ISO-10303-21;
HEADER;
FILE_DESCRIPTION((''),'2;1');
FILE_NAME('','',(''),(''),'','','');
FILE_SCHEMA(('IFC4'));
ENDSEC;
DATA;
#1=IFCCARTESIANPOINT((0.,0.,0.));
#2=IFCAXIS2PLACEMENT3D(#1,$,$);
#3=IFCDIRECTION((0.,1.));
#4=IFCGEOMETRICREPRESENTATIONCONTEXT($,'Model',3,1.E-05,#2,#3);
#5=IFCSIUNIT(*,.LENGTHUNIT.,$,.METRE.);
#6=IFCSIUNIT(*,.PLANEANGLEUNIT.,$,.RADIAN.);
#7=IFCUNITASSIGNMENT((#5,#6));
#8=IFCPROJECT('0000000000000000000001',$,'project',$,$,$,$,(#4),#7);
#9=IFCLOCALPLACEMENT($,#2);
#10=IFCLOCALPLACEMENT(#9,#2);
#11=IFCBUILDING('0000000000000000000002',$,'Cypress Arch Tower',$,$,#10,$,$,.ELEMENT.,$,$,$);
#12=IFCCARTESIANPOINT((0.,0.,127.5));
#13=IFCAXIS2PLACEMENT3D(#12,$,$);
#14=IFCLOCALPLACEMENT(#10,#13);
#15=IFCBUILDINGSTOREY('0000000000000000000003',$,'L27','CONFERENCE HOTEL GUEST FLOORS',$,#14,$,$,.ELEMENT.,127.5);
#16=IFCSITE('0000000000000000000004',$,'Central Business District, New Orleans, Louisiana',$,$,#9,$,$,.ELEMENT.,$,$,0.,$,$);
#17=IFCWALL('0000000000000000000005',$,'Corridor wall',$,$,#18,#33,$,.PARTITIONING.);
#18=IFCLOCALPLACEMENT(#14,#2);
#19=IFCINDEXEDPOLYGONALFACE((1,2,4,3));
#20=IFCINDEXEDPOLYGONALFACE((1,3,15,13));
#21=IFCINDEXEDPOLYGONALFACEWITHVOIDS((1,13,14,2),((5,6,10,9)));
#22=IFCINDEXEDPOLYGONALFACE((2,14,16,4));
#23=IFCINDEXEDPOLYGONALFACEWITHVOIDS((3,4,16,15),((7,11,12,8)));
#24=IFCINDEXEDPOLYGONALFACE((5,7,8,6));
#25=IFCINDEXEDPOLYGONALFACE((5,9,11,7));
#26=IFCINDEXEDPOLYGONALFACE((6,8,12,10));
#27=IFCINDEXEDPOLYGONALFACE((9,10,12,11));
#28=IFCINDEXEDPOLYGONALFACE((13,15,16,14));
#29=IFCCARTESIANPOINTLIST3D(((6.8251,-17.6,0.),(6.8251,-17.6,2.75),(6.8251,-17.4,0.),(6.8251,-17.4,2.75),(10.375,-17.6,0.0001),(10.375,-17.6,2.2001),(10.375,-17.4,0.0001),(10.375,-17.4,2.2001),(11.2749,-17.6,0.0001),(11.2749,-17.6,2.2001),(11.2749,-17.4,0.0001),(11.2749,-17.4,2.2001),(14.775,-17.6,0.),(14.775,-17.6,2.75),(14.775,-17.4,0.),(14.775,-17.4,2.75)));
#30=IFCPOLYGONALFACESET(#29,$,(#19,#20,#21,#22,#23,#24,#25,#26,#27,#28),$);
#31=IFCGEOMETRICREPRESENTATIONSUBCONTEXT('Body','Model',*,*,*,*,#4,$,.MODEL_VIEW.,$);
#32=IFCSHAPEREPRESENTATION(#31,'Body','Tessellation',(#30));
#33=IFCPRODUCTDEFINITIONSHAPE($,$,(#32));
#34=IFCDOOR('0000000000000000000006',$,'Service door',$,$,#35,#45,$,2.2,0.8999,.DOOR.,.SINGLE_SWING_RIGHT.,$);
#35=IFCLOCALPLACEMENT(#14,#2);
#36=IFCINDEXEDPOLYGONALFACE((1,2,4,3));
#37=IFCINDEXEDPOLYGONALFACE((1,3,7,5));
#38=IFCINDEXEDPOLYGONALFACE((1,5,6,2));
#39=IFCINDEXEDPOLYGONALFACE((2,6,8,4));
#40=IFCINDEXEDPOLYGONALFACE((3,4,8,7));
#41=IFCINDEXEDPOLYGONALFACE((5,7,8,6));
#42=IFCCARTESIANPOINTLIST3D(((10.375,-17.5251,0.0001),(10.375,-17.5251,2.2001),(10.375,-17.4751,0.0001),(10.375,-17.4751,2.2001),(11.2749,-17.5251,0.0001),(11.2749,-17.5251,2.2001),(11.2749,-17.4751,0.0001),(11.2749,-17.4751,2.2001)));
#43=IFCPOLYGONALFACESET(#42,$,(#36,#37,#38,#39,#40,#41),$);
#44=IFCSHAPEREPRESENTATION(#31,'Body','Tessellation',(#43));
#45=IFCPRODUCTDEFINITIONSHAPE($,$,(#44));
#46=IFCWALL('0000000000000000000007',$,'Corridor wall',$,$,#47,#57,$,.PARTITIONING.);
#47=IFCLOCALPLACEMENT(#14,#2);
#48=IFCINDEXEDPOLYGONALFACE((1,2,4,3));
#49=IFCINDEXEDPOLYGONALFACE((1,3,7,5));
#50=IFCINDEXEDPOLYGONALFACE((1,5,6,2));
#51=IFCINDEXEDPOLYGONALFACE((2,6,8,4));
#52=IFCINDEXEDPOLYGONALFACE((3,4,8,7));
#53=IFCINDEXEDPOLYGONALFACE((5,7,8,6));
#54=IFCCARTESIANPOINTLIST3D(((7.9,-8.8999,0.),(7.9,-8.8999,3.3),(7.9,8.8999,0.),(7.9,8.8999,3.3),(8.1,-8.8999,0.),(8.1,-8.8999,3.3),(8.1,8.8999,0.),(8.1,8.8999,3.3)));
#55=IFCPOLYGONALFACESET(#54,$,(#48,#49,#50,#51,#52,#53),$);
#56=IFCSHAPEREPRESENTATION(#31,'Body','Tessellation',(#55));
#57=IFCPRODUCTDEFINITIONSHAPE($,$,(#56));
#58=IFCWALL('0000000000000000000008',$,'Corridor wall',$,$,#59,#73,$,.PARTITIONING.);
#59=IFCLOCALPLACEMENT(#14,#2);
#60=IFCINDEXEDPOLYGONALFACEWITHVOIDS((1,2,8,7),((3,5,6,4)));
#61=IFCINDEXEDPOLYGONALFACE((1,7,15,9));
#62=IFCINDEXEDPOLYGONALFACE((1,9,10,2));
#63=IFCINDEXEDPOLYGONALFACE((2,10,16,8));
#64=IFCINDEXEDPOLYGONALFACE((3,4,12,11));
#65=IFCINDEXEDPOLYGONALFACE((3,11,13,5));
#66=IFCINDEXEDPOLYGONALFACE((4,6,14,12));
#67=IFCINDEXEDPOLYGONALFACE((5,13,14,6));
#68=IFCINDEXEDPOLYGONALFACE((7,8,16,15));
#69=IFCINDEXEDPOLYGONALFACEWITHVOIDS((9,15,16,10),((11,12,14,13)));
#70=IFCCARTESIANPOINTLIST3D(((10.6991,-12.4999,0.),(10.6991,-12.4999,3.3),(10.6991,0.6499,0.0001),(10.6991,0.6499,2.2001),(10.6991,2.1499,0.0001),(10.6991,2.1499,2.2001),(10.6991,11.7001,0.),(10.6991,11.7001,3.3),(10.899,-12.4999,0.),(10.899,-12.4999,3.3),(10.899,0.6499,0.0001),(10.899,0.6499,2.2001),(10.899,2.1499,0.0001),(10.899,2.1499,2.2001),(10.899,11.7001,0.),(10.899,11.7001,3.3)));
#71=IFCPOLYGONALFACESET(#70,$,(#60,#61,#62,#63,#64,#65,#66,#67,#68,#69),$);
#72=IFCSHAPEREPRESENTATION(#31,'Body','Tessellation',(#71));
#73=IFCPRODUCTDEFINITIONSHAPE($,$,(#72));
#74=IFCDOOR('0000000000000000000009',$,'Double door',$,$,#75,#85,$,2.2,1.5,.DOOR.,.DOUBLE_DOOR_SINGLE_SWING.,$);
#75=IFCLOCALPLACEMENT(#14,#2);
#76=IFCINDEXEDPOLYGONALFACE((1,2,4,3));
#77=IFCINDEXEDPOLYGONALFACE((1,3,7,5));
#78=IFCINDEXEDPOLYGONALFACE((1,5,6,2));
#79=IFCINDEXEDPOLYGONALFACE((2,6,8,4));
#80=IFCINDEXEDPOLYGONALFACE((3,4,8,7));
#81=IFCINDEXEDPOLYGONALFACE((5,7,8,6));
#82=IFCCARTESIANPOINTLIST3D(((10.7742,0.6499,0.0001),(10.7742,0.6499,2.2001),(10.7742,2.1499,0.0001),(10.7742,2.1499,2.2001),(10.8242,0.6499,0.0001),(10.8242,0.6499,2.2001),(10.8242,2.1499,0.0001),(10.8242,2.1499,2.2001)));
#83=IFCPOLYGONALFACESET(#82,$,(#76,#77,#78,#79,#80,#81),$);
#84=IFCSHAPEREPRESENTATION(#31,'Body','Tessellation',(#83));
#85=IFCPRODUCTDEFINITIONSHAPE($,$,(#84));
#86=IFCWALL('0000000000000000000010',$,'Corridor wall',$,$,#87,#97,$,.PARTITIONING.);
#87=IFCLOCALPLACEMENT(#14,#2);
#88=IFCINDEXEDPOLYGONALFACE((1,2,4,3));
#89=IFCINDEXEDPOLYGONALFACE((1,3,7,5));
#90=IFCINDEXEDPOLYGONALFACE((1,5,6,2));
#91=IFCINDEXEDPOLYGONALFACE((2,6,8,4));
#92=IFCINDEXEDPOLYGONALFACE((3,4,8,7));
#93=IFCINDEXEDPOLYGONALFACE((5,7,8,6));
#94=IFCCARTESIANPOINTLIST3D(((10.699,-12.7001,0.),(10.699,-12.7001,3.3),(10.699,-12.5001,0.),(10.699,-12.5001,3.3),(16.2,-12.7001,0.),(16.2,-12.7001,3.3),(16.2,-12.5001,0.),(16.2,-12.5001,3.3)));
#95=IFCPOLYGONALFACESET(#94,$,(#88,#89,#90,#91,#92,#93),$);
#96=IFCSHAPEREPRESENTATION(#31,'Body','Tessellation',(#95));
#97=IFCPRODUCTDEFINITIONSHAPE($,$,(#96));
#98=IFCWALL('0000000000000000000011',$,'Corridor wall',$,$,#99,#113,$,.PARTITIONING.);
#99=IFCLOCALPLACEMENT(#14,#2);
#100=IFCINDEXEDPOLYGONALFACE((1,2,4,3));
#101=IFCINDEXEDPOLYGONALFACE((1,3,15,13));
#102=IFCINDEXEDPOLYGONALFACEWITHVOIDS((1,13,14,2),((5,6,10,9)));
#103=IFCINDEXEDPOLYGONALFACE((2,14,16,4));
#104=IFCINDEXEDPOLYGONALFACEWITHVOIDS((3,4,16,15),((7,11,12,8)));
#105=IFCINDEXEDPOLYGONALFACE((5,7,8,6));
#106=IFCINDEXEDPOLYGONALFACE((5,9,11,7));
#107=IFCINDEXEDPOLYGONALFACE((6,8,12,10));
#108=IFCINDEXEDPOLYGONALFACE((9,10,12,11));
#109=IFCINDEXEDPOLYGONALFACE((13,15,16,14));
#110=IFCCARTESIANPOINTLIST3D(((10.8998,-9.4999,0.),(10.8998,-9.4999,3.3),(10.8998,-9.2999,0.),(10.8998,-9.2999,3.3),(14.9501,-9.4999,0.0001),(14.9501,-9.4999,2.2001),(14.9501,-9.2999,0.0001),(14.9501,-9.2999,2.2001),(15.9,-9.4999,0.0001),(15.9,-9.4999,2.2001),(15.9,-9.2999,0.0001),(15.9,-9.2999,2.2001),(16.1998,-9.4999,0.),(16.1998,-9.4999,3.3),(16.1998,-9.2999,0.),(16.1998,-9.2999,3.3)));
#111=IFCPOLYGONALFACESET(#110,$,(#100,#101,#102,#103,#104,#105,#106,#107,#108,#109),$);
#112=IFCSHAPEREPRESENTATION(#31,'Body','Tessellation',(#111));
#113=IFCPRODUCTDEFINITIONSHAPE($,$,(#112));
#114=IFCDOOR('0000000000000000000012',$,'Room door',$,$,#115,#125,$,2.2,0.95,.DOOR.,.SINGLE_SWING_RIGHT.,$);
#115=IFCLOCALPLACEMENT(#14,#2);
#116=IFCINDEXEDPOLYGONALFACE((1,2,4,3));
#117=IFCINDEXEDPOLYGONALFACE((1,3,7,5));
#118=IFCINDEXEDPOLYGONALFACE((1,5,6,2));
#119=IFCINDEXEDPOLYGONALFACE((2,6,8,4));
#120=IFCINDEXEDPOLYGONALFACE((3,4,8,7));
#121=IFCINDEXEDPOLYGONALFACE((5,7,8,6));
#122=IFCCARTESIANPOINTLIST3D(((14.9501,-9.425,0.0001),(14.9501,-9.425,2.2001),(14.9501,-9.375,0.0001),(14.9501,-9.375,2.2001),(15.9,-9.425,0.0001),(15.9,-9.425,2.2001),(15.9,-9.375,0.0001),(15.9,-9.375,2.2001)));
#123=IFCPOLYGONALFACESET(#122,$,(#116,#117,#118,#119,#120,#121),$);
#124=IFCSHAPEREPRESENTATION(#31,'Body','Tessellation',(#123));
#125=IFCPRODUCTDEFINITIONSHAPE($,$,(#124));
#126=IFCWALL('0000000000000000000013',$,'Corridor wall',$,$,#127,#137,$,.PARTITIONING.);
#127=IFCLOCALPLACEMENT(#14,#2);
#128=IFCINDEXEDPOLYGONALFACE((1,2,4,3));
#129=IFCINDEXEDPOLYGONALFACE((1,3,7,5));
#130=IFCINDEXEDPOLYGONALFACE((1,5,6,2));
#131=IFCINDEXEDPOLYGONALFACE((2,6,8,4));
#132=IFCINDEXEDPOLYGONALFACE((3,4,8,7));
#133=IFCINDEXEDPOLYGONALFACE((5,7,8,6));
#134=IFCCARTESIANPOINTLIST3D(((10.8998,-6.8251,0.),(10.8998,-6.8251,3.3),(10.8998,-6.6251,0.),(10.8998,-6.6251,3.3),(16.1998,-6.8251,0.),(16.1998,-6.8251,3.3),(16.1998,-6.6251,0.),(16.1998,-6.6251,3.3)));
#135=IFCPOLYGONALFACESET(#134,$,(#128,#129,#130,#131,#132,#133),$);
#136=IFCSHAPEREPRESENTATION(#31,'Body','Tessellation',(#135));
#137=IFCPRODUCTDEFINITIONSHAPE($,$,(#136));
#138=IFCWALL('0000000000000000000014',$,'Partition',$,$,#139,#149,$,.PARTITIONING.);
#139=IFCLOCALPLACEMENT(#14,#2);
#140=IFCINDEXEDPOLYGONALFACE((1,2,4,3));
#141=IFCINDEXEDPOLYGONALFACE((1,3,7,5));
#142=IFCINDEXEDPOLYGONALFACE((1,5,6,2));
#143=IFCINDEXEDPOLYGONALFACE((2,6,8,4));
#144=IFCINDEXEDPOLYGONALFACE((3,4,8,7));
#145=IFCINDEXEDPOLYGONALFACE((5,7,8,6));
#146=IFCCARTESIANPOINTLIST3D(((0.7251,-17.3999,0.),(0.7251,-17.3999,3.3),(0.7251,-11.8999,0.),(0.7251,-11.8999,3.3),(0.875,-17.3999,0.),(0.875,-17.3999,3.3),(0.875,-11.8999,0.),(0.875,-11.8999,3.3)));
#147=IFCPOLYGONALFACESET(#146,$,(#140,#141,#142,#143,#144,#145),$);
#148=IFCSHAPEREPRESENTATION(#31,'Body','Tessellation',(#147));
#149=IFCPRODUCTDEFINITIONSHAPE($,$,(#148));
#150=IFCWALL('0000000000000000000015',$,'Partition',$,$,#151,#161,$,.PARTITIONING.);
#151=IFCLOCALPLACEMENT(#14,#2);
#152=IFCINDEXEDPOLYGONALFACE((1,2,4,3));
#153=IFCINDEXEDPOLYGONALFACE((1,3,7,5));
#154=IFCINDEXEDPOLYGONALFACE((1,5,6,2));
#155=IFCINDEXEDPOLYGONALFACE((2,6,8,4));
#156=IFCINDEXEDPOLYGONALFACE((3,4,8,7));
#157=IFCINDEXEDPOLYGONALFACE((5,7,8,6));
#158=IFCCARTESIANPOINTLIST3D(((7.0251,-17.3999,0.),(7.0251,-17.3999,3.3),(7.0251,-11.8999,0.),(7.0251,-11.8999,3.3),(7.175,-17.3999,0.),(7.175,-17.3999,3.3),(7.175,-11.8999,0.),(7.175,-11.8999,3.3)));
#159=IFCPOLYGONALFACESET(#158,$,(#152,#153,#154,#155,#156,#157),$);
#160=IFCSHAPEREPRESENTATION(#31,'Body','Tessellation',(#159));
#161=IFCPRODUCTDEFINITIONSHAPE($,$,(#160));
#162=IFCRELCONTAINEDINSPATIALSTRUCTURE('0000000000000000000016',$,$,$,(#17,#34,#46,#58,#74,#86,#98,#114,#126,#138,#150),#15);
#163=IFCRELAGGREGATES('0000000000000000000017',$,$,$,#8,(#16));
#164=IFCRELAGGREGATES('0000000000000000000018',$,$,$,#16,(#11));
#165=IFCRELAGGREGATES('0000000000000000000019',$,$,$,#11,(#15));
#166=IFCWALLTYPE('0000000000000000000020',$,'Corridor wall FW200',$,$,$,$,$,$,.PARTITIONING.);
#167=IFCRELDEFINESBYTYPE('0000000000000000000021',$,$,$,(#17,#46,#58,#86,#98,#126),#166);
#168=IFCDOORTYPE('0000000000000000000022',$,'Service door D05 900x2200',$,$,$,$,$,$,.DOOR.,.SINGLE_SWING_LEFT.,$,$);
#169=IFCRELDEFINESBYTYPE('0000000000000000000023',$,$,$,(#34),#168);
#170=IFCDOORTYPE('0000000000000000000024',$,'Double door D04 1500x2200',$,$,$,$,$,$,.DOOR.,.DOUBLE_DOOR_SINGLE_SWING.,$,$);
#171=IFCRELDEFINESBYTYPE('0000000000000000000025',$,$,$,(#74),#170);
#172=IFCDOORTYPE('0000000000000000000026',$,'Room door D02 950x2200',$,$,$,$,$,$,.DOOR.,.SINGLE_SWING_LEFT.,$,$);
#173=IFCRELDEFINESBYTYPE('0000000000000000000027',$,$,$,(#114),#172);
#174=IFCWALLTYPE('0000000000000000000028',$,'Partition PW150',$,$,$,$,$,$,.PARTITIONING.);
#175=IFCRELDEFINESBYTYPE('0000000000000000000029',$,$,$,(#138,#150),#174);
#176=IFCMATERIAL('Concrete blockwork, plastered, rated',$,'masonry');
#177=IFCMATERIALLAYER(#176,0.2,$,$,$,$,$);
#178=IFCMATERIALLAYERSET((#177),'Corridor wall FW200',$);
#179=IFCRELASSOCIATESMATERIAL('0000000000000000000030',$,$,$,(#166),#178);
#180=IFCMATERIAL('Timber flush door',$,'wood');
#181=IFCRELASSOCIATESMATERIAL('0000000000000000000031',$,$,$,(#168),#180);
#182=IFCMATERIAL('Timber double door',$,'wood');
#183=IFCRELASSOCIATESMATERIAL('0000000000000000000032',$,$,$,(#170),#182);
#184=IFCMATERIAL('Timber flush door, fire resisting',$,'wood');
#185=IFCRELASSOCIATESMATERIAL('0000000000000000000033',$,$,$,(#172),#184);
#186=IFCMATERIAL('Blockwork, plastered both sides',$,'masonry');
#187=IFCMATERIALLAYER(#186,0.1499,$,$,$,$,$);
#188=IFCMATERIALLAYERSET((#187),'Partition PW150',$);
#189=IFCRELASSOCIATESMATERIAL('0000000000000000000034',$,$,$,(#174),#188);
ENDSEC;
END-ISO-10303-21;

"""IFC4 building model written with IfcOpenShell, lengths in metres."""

from ifc_helpers import new_model, si_unit, direction, frame, frame_2d, origin, place, context, subcontext, project, spatial, rectangle, extrude, material, layer, layer_set, type_object, element, fill, save


model = new_model("IFC4")

# Units and contexts
model_context = context("Model", 3, precision=1e-05, world=origin(), true_north=direction((0.0, 1.0)))
body_context = subcontext(model_context, "Body", "Model", "MODEL_VIEW")
ifc_project = project(units=[si_unit("LENGTHUNIT", "METRE"), si_unit("PLANEANGLEUNIT", "RADIAN")], contexts=[model_context])

# Site, building, storey
site_placement = place(None, origin())
site = spatial("IfcSite", under=ifc_project, at=site_placement, Name="Central Business District, New Orleans, Louisiana", CompositionType="ELEMENT", RefElevation=0.0)
building_placement = place(site_placement, origin())
building = spatial("IfcBuilding", under=site, at=building_placement, Name="Cypress Arch Tower", CompositionType="ELEMENT")
storey_placement = place(building_placement, frame((0.0, 0.0, 127.5)))
storey = spatial("IfcBuildingStorey", under=building, at=storey_placement, Name="L27", Description="CONFERENCE HOTEL GUEST FLOORS", CompositionType="ELEMENT", Elevation=127.5)

# Wall, opening, door
ifc_material_1 = material(Name="Concrete blockwork, plastered, rated", Category="masonry")
ifc_layer_1 = layer(ifc_material_1, 0.2)
ifc_layer_set_1 = layer_set([ifc_layer_1], Name="Corridor wall FW200")
wall_type_1 = type_object("IfcWallType", Name="Corridor wall FW200", PredefinedType="PARTITIONING", material=ifc_layer_set_1)
ifc_material_2 = material(Name="Timber flush door", Category="wood")
door_type_1 = type_object("IfcDoorType", Name="Service door D05 900x2200", OperationType="SINGLE_SWING_LEFT", PredefinedType="DOOR", material=ifc_material_2)
wall_1_placement = place(storey_placement, frame((6.825, -17.5, 0.0), z_axis=(0.0, 0.0, 1.0), x_axis=(1.0, 0.0, 0.0)))
wall_1 = element("IfcWall", 1, at=wall_1_placement, inside=storey, type_object=wall_type_1, Name="Corridor wall", PredefinedType="PARTITIONING", context=body_context, shape_type="SweptSolid", body=[
    extrude(rectangle(XDim=7.95, YDim=0.2, at=frame_2d((3.9751, 0.0))), origin(), (0.0, 0.0, 1.0), 2.75),
])
opening_1_placement = place(wall_1_placement, frame((3.55, 0.0, 0.0)))
opening_1 = element("IfcOpeningElement", 2, at=opening_1_placement, cuts=wall_1, PredefinedType="OPENING", context=body_context, shape_type="SweptSolid", body=[
    extrude(rectangle(XDim=0.8999, YDim=2.2, at=frame_2d((0.45, 1.1001))), frame((0.0, 0.1099, 0.0), z_axis=(0.0, -1.0, 0.0), x_axis=(1.0, 0.0, 0.0)), (0.0, 0.0, 1.0), 0.22),
])
door_1_placement = place(opening_1_placement, origin())
door_1 = element("IfcDoor", 3, at=door_1_placement, inside=storey, type_object=door_type_1, Name="Service door", OperationType="SINGLE_SWING_RIGHT", OverallHeight=2.2, OverallWidth=0.8999, PredefinedType="DOOR", context=body_context, shape_type="SweptSolid", body=[
    extrude(rectangle(XDim=0.8999, YDim=2.2, at=frame_2d((0.45, 1.1001))), frame((0.0, 0.0249, 0.0), z_axis=(0.0, -1.0, 0.0), x_axis=(1.0, 0.0, 0.0)), (0.0, 0.0, 1.0), 0.05),
])
fill(opening_1, door_1)

# Wall
wall_2_placement = place(storey_placement, frame((8.0, -8.8999, 0.0), z_axis=(0.0, 0.0, 1.0), x_axis=(0.0, 1.0, 0.0)))
element("IfcWall", 4, at=wall_2_placement, inside=storey, type_object=wall_type_1, Name="Corridor wall", PredefinedType="PARTITIONING", context=body_context, shape_type="SweptSolid", body=[
    extrude(rectangle(XDim=17.7998, YDim=0.2, at=frame_2d((8.8999, 0.0))), origin(), (0.0, 0.0, 1.0), 3.3),
])

# Wall, opening, door
wall_3_placement = place(storey_placement, frame((10.7991, -12.5, 0.0), z_axis=(0.0, 0.0, 1.0), x_axis=(0.0, 1.0, 0.0)))
wall_3 = element("IfcWall", 5, at=wall_3_placement, inside=storey, type_object=wall_type_1, Name="Corridor wall", PredefinedType="PARTITIONING", context=body_context, shape_type="SweptSolid", body=[
    extrude(rectangle(XDim=24.2, YDim=0.2, at=frame_2d((12.1001, 0.0))), origin(), (0.0, 0.0, 1.0), 3.3),
])
opening_2_placement = place(wall_3_placement, frame((13.1499, 0.0, 0.0)))
opening_2 = element("IfcOpeningElement", 6, at=opening_2_placement, cuts=wall_3, PredefinedType="OPENING", context=body_context, shape_type="SweptSolid", body=[
    extrude(rectangle(XDim=1.5, YDim=2.2, at=frame_2d((0.75, 1.1001))), frame((0.0, 0.1099, 0.0), z_axis=(0.0, -1.0, 0.0), x_axis=(1.0, 0.0, 0.0)), (0.0, 0.0, 1.0), 0.22),
])
ifc_material_3 = material(Name="Timber double door", Category="wood")
door_type_2 = type_object("IfcDoorType", Name="Double door D04 1500x2200", OperationType="DOUBLE_DOOR_SINGLE_SWING", PredefinedType="DOOR", material=ifc_material_3)
door_2_placement = place(opening_2_placement, origin())
door_2 = element("IfcDoor", 7, at=door_2_placement, inside=storey, type_object=door_type_2, Name="Double door", OperationType="DOUBLE_DOOR_SINGLE_SWING", OverallHeight=2.2, OverallWidth=1.5, PredefinedType="DOOR", context=body_context, shape_type="SweptSolid", body=[
    extrude(rectangle(XDim=1.5, YDim=2.2, at=frame_2d((0.75, 1.1001))), frame((0.0, 0.0249, 0.0), z_axis=(0.0, -1.0, 0.0), x_axis=(1.0, 0.0, 0.0)), (0.0, 0.0, 1.0), 0.05),
])
fill(opening_2, door_2)

# Wall
wall_4_placement = place(storey_placement, frame((10.699, -12.6001, 0.0), z_axis=(0.0, 0.0, 1.0), x_axis=(1.0, 0.0, 0.0)))
element("IfcWall", 8, at=wall_4_placement, inside=storey, type_object=wall_type_1, Name="Corridor wall", PredefinedType="PARTITIONING", context=body_context, shape_type="SweptSolid", body=[
    extrude(rectangle(XDim=5.501, YDim=0.2, at=frame_2d((2.7505, 0.0))), origin(), (0.0, 0.0, 1.0), 3.3),
])

# Wall, opening, door
wall_5_placement = place(storey_placement, frame((10.8999, -9.3999, 0.0), z_axis=(0.0, 0.0, 1.0), x_axis=(1.0, 0.0, 0.0)))
wall_5 = element("IfcWall", 9, at=wall_5_placement, inside=storey, type_object=wall_type_1, Name="Corridor wall", PredefinedType="PARTITIONING", context=body_context, shape_type="SweptSolid", body=[
    extrude(rectangle(XDim=5.3, YDim=0.2, at=frame_2d((2.6499, 0.0))), origin(), (0.0, 0.0, 1.0), 3.3),
])
opening_3_placement = place(wall_5_placement, frame((4.05, 0.0, 0.0)))
opening_3 = element("IfcOpeningElement", 10, at=opening_3_placement, cuts=wall_5, PredefinedType="OPENING", context=body_context, shape_type="SweptSolid", body=[
    extrude(rectangle(XDim=0.95, YDim=2.2, at=frame_2d((0.4751, 1.1001))), frame((0.0, 0.1099, 0.0), z_axis=(0.0, -1.0, 0.0), x_axis=(1.0, 0.0, 0.0)), (0.0, 0.0, 1.0), 0.22),
])
ifc_material_4 = material(Name="Timber flush door, fire resisting", Category="wood")
door_type_3 = type_object("IfcDoorType", Name="Room door D02 950x2200", OperationType="SINGLE_SWING_LEFT", PredefinedType="DOOR", material=ifc_material_4)
door_3_placement = place(opening_3_placement, origin())
door_3 = element("IfcDoor", 11, at=door_3_placement, inside=storey, type_object=door_type_3, Name="Room door", OperationType="SINGLE_SWING_RIGHT", OverallHeight=2.2, OverallWidth=0.95, PredefinedType="DOOR", context=body_context, shape_type="SweptSolid", body=[
    extrude(rectangle(XDim=0.95, YDim=2.2, at=frame_2d((0.4751, 1.1001))), frame((0.0, 0.0249, 0.0), z_axis=(0.0, -1.0, 0.0), x_axis=(1.0, 0.0, 0.0)), (0.0, 0.0, 1.0), 0.05),
])
fill(opening_3, door_3)

# Walls
wall_6_placement = place(storey_placement, frame((10.8999, -6.7251, 0.0), z_axis=(0.0, 0.0, 1.0), x_axis=(1.0, 0.0, 0.0)))
element("IfcWall", 12, at=wall_6_placement, inside=storey, type_object=wall_type_1, Name="Corridor wall", PredefinedType="PARTITIONING", context=body_context, shape_type="SweptSolid", body=[
    extrude(rectangle(XDim=5.3, YDim=0.2, at=frame_2d((2.6499, 0.0))), origin(), (0.0, 0.0, 1.0), 3.3),
])
ifc_material_5 = material(Name="Blockwork, plastered both sides", Category="masonry")
ifc_layer_2 = layer(ifc_material_5, 0.1499)
ifc_layer_set_2 = layer_set([ifc_layer_2], Name="Partition PW150")
wall_type_2 = type_object("IfcWallType", Name="Partition PW150", PredefinedType="PARTITIONING", material=ifc_layer_set_2)
for number, where, z_axis, x_axis, name in (
    (13, (0.8, -17.3999, 0.0), (0.0, 0.0, 1.0), (0.0, 1.0, 0.0), "Partition"),
    (14, (7.1001, -17.3999, 0.0), (0.0, 0.0, 1.0), (0.0, 1.0, 0.0), "Partition"),
):
    element("IfcWall", number, at=place(storey_placement, frame(where, z_axis=z_axis, x_axis=x_axis)), inside=storey, type_object=wall_type_2, Name=name, PredefinedType="PARTITIONING", context=body_context, shape_type="SweptSolid", body=[
        extrude(rectangle(XDim=5.5, YDim=0.1499, at=frame_2d((2.75, 0.0))), origin(), (0.0, 0.0, 1.0), 3.3),
    ])

save(model, "model.ifc")
